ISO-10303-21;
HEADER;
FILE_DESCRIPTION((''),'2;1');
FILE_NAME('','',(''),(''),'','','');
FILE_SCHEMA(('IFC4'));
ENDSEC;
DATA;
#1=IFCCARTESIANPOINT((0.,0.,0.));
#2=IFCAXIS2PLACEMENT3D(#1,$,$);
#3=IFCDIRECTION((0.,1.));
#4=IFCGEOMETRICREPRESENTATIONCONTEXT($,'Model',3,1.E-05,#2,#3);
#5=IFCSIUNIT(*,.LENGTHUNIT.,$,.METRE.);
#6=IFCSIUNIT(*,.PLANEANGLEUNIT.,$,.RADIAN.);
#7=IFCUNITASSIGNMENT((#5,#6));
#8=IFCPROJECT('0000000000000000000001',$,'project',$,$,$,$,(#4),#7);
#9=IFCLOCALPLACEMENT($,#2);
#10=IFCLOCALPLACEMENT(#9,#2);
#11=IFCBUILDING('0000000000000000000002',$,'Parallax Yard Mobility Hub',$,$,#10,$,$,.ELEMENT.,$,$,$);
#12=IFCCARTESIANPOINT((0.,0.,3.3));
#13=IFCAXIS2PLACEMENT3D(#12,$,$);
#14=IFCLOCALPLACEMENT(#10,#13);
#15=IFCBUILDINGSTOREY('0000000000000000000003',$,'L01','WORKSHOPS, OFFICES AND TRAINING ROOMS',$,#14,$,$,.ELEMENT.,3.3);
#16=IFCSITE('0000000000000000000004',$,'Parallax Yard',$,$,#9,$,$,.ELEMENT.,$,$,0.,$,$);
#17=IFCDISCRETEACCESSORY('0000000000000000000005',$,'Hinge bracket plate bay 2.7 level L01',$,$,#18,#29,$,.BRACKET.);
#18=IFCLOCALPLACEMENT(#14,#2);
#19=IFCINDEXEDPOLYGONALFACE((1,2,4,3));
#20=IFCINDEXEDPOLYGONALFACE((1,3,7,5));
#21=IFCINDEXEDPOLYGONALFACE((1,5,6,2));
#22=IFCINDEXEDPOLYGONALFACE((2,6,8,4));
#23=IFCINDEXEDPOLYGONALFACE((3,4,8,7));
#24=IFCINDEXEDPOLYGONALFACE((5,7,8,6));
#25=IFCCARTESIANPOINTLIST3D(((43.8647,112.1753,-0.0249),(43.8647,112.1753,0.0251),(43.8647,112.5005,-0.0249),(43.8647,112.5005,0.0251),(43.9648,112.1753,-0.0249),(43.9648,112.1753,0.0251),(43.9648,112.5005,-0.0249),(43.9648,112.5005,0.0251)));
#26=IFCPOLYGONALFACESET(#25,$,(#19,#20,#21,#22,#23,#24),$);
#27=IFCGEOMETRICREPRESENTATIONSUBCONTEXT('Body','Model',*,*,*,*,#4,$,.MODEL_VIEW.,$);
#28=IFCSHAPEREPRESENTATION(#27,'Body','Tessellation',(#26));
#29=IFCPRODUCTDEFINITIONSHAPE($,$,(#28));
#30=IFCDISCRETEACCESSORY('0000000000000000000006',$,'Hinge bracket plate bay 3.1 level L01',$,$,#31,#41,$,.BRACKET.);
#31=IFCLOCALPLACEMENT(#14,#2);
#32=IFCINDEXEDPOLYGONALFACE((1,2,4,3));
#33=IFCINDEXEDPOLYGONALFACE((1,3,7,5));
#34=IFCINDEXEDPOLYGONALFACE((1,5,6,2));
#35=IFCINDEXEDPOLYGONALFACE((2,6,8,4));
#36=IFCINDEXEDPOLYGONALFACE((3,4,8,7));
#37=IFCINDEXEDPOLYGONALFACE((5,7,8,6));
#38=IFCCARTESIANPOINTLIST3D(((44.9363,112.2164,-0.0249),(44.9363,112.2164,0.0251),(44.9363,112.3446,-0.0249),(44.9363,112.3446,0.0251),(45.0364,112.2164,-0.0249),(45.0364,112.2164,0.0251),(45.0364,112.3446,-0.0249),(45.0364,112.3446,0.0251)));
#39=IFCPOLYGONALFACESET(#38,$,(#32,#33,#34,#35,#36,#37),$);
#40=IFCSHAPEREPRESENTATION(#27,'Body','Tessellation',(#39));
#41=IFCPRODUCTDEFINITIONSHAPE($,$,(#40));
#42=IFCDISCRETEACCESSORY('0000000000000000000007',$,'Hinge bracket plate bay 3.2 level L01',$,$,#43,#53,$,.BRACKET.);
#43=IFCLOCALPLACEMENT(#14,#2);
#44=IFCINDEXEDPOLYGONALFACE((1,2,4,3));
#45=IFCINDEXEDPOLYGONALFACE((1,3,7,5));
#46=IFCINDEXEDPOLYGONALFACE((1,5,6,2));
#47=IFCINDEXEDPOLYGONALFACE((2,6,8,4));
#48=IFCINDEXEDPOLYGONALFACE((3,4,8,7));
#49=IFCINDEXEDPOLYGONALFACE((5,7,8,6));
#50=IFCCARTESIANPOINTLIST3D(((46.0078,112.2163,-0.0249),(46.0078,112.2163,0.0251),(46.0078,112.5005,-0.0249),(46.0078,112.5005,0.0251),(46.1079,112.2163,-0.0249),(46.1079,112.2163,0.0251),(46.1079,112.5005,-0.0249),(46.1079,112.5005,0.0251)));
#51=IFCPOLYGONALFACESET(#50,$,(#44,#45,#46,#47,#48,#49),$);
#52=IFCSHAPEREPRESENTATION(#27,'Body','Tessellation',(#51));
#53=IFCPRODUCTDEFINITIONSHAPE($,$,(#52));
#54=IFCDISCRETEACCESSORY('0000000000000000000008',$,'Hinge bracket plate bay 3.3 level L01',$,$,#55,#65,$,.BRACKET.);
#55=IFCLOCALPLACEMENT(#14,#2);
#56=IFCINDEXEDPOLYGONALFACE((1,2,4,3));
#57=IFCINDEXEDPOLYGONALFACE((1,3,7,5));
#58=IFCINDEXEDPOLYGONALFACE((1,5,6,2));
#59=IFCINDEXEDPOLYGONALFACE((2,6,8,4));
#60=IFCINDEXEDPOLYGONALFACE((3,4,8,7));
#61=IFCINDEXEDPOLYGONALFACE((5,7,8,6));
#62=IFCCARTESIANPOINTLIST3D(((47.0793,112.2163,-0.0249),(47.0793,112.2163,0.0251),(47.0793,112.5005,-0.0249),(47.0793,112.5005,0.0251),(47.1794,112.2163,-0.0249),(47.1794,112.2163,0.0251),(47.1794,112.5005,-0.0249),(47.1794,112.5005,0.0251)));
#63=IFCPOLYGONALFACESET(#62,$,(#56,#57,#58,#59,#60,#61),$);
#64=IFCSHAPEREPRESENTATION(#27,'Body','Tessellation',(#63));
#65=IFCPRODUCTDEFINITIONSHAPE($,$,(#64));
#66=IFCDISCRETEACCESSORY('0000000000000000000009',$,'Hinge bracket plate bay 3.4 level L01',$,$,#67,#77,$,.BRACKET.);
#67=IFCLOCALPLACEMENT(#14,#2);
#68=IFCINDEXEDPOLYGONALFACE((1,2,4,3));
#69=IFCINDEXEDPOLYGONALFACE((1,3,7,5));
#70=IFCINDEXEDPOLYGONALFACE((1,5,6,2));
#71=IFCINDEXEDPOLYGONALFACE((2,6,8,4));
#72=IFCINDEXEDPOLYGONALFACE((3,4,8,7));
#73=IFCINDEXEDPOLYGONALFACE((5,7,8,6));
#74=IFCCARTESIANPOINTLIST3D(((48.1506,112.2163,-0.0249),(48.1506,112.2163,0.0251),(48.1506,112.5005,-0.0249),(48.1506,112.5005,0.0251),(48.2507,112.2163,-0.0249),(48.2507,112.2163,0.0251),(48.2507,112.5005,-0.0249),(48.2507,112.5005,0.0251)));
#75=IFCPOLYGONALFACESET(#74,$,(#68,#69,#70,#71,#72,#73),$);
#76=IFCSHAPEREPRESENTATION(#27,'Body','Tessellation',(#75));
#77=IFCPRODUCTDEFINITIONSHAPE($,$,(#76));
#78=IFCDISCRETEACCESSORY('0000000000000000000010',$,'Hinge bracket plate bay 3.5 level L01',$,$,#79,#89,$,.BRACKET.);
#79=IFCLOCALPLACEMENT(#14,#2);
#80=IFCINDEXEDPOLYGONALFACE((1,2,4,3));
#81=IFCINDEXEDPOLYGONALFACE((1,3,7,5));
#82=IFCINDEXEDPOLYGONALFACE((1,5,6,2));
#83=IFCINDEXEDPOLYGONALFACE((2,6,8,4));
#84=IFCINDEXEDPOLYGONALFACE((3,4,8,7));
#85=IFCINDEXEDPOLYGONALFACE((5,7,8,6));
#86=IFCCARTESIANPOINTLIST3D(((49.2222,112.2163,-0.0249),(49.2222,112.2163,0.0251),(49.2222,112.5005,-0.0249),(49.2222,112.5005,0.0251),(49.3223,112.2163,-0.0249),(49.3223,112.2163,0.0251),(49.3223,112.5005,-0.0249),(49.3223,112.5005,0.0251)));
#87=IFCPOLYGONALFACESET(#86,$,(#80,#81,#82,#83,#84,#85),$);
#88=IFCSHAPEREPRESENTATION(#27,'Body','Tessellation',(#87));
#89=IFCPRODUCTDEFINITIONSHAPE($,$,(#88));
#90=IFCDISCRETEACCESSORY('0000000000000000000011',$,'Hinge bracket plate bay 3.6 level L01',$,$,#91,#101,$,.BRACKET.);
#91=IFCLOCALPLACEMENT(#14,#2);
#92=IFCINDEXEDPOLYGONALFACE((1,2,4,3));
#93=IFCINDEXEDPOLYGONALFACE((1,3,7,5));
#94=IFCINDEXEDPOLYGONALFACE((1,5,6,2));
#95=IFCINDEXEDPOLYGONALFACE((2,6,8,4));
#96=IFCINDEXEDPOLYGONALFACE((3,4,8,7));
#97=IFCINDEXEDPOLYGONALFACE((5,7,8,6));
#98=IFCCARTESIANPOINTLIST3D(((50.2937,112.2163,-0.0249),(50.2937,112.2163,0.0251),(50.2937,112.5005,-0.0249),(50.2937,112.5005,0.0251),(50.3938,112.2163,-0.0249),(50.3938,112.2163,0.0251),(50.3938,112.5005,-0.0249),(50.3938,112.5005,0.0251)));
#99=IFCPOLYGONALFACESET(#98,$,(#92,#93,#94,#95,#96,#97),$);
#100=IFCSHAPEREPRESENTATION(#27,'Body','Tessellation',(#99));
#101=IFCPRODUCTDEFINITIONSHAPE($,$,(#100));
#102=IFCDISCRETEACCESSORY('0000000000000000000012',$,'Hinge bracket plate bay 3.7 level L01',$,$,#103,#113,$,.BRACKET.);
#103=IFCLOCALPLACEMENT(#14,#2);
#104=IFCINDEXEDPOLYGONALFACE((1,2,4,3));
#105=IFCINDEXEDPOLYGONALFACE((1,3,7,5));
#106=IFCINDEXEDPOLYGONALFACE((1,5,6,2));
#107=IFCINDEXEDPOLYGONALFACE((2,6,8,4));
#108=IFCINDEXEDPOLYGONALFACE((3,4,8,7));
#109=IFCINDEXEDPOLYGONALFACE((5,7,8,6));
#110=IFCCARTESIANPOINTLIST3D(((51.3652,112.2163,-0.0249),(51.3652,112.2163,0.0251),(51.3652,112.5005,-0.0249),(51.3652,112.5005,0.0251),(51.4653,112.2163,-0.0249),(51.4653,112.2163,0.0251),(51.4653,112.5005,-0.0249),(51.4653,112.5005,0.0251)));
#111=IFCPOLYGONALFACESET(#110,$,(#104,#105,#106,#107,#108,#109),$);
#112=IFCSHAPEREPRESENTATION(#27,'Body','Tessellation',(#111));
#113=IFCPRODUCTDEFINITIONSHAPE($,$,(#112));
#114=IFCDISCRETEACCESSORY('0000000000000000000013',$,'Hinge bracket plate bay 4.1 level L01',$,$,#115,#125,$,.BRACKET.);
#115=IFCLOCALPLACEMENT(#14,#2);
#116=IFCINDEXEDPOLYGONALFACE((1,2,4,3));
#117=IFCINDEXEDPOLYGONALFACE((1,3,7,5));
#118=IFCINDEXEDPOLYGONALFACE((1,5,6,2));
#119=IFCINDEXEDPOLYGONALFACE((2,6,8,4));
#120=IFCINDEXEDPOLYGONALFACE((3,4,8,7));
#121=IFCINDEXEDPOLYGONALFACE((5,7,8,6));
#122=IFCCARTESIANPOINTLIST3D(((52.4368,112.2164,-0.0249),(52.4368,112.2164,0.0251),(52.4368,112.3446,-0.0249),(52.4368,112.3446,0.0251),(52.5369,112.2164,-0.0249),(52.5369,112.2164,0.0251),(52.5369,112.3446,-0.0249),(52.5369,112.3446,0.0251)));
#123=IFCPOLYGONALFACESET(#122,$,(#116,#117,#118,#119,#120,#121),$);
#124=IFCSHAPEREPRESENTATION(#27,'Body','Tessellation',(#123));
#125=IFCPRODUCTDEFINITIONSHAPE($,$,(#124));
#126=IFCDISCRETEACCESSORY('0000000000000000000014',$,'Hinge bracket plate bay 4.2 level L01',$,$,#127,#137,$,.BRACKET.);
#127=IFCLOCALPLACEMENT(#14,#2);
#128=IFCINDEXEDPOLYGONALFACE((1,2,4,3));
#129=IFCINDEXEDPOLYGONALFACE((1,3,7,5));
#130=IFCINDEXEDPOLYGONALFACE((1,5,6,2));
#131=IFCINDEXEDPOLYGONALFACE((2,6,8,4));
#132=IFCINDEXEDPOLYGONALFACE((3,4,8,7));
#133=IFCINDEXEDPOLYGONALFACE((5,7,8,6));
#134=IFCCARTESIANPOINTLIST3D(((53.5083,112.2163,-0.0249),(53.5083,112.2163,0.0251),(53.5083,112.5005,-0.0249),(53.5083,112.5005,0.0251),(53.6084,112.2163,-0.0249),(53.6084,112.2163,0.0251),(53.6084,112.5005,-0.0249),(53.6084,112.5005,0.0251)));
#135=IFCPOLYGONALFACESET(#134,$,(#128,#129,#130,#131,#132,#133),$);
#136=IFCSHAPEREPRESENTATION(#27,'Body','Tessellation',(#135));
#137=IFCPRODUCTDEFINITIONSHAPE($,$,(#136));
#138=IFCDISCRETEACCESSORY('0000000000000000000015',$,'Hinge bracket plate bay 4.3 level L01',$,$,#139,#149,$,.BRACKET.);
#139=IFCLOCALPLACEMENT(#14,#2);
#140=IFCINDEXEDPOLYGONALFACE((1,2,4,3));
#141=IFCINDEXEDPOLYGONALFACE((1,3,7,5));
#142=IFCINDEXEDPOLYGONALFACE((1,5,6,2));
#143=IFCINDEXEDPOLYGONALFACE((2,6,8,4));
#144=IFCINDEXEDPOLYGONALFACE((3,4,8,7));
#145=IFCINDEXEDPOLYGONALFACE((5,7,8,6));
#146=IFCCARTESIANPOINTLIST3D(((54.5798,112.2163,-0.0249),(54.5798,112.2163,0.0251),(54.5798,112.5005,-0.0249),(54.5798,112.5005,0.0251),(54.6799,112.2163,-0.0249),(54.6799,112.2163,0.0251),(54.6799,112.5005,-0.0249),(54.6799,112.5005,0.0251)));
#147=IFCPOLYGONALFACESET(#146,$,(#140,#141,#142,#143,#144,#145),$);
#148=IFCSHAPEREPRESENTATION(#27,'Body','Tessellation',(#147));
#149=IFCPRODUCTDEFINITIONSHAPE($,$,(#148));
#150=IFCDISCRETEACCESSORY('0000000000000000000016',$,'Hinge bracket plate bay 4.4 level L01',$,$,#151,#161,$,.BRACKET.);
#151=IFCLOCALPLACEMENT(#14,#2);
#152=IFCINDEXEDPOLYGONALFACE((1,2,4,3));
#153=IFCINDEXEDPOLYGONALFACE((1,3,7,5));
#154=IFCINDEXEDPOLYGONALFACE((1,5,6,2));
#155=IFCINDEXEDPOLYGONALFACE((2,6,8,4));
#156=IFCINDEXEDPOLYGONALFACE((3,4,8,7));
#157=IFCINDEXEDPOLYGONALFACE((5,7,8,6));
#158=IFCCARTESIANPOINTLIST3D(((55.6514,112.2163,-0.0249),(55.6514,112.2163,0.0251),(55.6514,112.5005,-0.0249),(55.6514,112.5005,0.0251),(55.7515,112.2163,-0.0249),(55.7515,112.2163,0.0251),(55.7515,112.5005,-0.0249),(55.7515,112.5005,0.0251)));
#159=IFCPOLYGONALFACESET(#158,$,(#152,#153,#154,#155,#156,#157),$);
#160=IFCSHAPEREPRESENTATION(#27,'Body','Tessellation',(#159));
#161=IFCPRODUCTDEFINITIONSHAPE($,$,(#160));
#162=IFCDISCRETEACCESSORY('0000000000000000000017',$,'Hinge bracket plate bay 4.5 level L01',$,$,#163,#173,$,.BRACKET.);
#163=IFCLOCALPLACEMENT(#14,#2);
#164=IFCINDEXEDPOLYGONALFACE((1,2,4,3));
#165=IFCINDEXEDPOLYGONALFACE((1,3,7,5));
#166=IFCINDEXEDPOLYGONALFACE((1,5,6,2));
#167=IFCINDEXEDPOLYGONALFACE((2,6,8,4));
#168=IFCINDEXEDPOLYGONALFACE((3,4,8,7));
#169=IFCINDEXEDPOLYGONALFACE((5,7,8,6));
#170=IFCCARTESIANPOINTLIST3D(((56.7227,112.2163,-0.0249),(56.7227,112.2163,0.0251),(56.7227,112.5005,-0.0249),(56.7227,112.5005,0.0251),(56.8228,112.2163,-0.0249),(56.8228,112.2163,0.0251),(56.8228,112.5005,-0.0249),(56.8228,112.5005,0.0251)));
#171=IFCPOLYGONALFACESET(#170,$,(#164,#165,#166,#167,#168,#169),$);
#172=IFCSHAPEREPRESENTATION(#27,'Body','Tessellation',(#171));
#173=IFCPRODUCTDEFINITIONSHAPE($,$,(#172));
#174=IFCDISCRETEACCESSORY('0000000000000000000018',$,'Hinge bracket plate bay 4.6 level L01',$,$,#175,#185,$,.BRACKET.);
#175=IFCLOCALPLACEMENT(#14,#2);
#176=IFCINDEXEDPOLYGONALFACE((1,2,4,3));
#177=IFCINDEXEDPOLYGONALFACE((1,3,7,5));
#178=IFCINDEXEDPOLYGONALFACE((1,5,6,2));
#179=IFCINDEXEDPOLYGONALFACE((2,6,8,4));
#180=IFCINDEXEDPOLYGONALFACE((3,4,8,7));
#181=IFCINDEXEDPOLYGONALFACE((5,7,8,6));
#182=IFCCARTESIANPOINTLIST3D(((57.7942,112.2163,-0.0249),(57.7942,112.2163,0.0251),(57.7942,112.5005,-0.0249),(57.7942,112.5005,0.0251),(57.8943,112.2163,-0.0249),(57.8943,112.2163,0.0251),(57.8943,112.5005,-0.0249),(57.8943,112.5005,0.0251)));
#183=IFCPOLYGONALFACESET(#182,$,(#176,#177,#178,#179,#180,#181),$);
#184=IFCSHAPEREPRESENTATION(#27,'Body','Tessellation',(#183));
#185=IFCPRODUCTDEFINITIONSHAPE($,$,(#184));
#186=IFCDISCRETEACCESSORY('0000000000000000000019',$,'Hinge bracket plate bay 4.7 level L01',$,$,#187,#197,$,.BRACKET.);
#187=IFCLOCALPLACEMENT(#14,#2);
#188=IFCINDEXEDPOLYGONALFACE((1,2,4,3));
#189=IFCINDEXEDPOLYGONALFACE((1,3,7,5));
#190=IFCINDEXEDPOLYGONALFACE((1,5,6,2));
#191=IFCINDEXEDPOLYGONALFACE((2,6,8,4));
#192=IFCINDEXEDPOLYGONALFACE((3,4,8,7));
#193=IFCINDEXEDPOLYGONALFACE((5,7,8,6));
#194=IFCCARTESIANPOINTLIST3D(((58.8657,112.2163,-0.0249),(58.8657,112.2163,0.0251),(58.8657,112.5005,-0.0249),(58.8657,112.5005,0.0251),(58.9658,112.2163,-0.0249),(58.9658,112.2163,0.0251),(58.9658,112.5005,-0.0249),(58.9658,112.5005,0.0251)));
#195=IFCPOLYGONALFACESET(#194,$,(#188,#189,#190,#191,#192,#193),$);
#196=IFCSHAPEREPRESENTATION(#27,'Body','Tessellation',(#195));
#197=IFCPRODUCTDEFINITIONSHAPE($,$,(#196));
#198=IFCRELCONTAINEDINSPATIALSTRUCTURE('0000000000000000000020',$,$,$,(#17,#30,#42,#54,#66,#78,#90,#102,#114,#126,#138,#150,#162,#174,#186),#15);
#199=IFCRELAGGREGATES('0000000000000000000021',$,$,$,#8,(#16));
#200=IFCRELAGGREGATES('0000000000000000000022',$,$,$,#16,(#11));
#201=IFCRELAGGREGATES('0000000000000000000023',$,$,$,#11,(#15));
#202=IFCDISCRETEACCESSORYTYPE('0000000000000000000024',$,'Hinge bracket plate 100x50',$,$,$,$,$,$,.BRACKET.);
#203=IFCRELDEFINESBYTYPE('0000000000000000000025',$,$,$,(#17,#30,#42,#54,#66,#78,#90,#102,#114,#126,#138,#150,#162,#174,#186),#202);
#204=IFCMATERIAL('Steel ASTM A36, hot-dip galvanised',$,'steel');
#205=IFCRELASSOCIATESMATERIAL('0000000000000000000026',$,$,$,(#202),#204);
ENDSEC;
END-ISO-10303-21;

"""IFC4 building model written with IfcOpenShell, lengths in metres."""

from ifc_helpers import new_model, si_unit, direction, frame, origin, origin_2d, place, context, subcontext, project, spatial, rectangle, extrude, material, type_object, element, save


model = new_model("IFC4")

# Units and contexts
model_context = context("Model", 3, precision=1e-05, world=origin(), true_north=direction((0.0, 1.0)))
body_context = subcontext(model_context, "Body", "Model", "MODEL_VIEW")
ifc_project = project(units=[si_unit("LENGTHUNIT", "METRE"), si_unit("PLANEANGLEUNIT", "RADIAN")], contexts=[model_context])

# Site, building, storey
site_placement = place(None, origin())
site = spatial("IfcSite", under=ifc_project, at=site_placement, Name="Parallax Yard", CompositionType="ELEMENT", RefElevation=0.0)
building_placement = place(site_placement, origin())
building = spatial("IfcBuilding", under=site, at=building_placement, Name="Parallax Yard Mobility Hub", CompositionType="ELEMENT")
storey_placement = place(building_placement, frame((0.0, 0.0, 3.3)))
storey = spatial("IfcBuildingStorey", under=building, at=storey_placement, Name="L01", Description="WORKSHOPS, OFFICES AND TRAINING ROOMS", CompositionType="ELEMENT", Elevation=3.3)

# Discrete accessories
ifc_material_1 = material(Name="Steel ASTM A36, hot-dip galvanised", Category="steel")
discrete_accessory_type_1 = type_object("IfcDiscreteAccessoryType", Name="Hinge bracket plate 100x50", PredefinedType="BRACKET", material=ifc_material_1)
discrete_accessory_1_placement = place(storey_placement, frame((43.9148, 112.3379, -0.0249), z_axis=(0.0, 0.0, 1.0), x_axis=(0.0, -1.0, 0.0)))
element("IfcDiscreteAccessory", 1, at=discrete_accessory_1_placement, inside=storey, type_object=discrete_accessory_type_1, Name="Hinge bracket plate bay 2.7 level L01", PredefinedType="BRACKET", context=body_context, shape_type="SweptSolid", body=[
    extrude(rectangle(XDim=0.3252, YDim=0.1001, at=origin_2d()), origin(), (0.0, 0.0, 1.0), 0.05),
])
discrete_accessory_2_placement = place(storey_placement, frame((44.9863, 112.2805, -0.0249), z_axis=(0.0, 0.0, 1.0), x_axis=(0.0, -1.0, 0.0)))
element("IfcDiscreteAccessory", 2, at=discrete_accessory_2_placement, inside=storey, type_object=discrete_accessory_type_1, Name="Hinge bracket plate bay 3.1 level L01", PredefinedType="BRACKET", context=body_context, shape_type="SweptSolid", body=[
    extrude(rectangle(XDim=0.1282, YDim=0.1001, at=origin_2d()), origin(), (0.0, 0.0, 1.0), 0.05),
])
for number, where, z_axis, x_axis, name in (
    (3, (46.0579, 112.3584, -0.0249), (0.0, 0.0, 1.0), (0.0, -1.0, 0.0), "Hinge bracket plate bay 3.2 level L01"),
    (4, (47.1294, 112.3584, -0.0249), (0.0, 0.0, 1.0), (0.0, -1.0, 0.0), "Hinge bracket plate bay 3.3 level L01"),
    (5, (48.2007, 112.3584, -0.0249), (0.0, 0.0, 1.0), (0.0, -1.0, 0.0), "Hinge bracket plate bay 3.4 level L01"),
    (6, (49.2722, 112.3584, -0.0249), (0.0, 0.0, 1.0), (0.0, -1.0, 0.0), "Hinge bracket plate bay 3.5 level L01"),
    (7, (50.3438, 112.3584, -0.0249), (0.0, 0.0, 1.0), (0.0, -1.0, 0.0), "Hinge bracket plate bay 3.6 level L01"),
    (8, (51.4153, 112.3584, -0.0249), (0.0, 0.0, 1.0), (0.0, -1.0, 0.0), "Hinge bracket plate bay 3.7 level L01"),
):
    element("IfcDiscreteAccessory", number, at=place(storey_placement, frame(where, z_axis=z_axis, x_axis=x_axis)), inside=storey, type_object=discrete_accessory_type_1, Name=name, PredefinedType="BRACKET", context=body_context, shape_type="SweptSolid", body=[
        extrude(rectangle(XDim=0.2842, YDim=0.1001, at=origin_2d()), origin(), (0.0, 0.0, 1.0), 0.05),
    ])
discrete_accessory_3_placement = place(storey_placement, frame((52.4868, 112.2805, -0.0249), z_axis=(0.0, 0.0, 1.0), x_axis=(0.0, -1.0, 0.0)))
element("IfcDiscreteAccessory", 9, at=discrete_accessory_3_placement, inside=storey, type_object=discrete_accessory_type_1, Name="Hinge bracket plate bay 4.1 level L01", PredefinedType="BRACKET", context=body_context, shape_type="SweptSolid", body=[
    extrude(rectangle(XDim=0.1282, YDim=0.1001, at=origin_2d()), origin(), (0.0, 0.0, 1.0), 0.05),
])
for number, where, z_axis, x_axis, name in (
    (10, (53.5583, 112.3584, -0.0249), (0.0, 0.0, 1.0), (0.0, -1.0, 0.0), "Hinge bracket plate bay 4.2 level L01"),
    (11, (54.6299, 112.3584, -0.0249), (0.0, 0.0, 1.0), (0.0, -1.0, 0.0), "Hinge bracket plate bay 4.3 level L01"),
    (12, (55.7014, 112.3584, -0.0249), (0.0, 0.0, 1.0), (0.0, -1.0, 0.0), "Hinge bracket plate bay 4.4 level L01"),
    (13, (56.7727, 112.3584, -0.0249), (0.0, 0.0, 1.0), (0.0, -1.0, 0.0), "Hinge bracket plate bay 4.5 level L01"),
    (14, (57.8442, 112.3584, -0.0249), (0.0, 0.0, 1.0), (0.0, -1.0, 0.0), "Hinge bracket plate bay 4.6 level L01"),
    (15, (58.9158, 112.3584, -0.0249), (0.0, 0.0, 1.0), (0.0, -1.0, 0.0), "Hinge bracket plate bay 4.7 level L01"),
):
    element("IfcDiscreteAccessory", number, at=place(storey_placement, frame(where, z_axis=z_axis, x_axis=x_axis)), inside=storey, type_object=discrete_accessory_type_1, Name=name, PredefinedType="BRACKET", context=body_context, shape_type="SweptSolid", body=[
        extrude(rectangle(XDim=0.2842, YDim=0.1001, at=origin_2d()), origin(), (0.0, 0.0, 1.0), 0.05),
    ])

save(model, "model.ifc")
